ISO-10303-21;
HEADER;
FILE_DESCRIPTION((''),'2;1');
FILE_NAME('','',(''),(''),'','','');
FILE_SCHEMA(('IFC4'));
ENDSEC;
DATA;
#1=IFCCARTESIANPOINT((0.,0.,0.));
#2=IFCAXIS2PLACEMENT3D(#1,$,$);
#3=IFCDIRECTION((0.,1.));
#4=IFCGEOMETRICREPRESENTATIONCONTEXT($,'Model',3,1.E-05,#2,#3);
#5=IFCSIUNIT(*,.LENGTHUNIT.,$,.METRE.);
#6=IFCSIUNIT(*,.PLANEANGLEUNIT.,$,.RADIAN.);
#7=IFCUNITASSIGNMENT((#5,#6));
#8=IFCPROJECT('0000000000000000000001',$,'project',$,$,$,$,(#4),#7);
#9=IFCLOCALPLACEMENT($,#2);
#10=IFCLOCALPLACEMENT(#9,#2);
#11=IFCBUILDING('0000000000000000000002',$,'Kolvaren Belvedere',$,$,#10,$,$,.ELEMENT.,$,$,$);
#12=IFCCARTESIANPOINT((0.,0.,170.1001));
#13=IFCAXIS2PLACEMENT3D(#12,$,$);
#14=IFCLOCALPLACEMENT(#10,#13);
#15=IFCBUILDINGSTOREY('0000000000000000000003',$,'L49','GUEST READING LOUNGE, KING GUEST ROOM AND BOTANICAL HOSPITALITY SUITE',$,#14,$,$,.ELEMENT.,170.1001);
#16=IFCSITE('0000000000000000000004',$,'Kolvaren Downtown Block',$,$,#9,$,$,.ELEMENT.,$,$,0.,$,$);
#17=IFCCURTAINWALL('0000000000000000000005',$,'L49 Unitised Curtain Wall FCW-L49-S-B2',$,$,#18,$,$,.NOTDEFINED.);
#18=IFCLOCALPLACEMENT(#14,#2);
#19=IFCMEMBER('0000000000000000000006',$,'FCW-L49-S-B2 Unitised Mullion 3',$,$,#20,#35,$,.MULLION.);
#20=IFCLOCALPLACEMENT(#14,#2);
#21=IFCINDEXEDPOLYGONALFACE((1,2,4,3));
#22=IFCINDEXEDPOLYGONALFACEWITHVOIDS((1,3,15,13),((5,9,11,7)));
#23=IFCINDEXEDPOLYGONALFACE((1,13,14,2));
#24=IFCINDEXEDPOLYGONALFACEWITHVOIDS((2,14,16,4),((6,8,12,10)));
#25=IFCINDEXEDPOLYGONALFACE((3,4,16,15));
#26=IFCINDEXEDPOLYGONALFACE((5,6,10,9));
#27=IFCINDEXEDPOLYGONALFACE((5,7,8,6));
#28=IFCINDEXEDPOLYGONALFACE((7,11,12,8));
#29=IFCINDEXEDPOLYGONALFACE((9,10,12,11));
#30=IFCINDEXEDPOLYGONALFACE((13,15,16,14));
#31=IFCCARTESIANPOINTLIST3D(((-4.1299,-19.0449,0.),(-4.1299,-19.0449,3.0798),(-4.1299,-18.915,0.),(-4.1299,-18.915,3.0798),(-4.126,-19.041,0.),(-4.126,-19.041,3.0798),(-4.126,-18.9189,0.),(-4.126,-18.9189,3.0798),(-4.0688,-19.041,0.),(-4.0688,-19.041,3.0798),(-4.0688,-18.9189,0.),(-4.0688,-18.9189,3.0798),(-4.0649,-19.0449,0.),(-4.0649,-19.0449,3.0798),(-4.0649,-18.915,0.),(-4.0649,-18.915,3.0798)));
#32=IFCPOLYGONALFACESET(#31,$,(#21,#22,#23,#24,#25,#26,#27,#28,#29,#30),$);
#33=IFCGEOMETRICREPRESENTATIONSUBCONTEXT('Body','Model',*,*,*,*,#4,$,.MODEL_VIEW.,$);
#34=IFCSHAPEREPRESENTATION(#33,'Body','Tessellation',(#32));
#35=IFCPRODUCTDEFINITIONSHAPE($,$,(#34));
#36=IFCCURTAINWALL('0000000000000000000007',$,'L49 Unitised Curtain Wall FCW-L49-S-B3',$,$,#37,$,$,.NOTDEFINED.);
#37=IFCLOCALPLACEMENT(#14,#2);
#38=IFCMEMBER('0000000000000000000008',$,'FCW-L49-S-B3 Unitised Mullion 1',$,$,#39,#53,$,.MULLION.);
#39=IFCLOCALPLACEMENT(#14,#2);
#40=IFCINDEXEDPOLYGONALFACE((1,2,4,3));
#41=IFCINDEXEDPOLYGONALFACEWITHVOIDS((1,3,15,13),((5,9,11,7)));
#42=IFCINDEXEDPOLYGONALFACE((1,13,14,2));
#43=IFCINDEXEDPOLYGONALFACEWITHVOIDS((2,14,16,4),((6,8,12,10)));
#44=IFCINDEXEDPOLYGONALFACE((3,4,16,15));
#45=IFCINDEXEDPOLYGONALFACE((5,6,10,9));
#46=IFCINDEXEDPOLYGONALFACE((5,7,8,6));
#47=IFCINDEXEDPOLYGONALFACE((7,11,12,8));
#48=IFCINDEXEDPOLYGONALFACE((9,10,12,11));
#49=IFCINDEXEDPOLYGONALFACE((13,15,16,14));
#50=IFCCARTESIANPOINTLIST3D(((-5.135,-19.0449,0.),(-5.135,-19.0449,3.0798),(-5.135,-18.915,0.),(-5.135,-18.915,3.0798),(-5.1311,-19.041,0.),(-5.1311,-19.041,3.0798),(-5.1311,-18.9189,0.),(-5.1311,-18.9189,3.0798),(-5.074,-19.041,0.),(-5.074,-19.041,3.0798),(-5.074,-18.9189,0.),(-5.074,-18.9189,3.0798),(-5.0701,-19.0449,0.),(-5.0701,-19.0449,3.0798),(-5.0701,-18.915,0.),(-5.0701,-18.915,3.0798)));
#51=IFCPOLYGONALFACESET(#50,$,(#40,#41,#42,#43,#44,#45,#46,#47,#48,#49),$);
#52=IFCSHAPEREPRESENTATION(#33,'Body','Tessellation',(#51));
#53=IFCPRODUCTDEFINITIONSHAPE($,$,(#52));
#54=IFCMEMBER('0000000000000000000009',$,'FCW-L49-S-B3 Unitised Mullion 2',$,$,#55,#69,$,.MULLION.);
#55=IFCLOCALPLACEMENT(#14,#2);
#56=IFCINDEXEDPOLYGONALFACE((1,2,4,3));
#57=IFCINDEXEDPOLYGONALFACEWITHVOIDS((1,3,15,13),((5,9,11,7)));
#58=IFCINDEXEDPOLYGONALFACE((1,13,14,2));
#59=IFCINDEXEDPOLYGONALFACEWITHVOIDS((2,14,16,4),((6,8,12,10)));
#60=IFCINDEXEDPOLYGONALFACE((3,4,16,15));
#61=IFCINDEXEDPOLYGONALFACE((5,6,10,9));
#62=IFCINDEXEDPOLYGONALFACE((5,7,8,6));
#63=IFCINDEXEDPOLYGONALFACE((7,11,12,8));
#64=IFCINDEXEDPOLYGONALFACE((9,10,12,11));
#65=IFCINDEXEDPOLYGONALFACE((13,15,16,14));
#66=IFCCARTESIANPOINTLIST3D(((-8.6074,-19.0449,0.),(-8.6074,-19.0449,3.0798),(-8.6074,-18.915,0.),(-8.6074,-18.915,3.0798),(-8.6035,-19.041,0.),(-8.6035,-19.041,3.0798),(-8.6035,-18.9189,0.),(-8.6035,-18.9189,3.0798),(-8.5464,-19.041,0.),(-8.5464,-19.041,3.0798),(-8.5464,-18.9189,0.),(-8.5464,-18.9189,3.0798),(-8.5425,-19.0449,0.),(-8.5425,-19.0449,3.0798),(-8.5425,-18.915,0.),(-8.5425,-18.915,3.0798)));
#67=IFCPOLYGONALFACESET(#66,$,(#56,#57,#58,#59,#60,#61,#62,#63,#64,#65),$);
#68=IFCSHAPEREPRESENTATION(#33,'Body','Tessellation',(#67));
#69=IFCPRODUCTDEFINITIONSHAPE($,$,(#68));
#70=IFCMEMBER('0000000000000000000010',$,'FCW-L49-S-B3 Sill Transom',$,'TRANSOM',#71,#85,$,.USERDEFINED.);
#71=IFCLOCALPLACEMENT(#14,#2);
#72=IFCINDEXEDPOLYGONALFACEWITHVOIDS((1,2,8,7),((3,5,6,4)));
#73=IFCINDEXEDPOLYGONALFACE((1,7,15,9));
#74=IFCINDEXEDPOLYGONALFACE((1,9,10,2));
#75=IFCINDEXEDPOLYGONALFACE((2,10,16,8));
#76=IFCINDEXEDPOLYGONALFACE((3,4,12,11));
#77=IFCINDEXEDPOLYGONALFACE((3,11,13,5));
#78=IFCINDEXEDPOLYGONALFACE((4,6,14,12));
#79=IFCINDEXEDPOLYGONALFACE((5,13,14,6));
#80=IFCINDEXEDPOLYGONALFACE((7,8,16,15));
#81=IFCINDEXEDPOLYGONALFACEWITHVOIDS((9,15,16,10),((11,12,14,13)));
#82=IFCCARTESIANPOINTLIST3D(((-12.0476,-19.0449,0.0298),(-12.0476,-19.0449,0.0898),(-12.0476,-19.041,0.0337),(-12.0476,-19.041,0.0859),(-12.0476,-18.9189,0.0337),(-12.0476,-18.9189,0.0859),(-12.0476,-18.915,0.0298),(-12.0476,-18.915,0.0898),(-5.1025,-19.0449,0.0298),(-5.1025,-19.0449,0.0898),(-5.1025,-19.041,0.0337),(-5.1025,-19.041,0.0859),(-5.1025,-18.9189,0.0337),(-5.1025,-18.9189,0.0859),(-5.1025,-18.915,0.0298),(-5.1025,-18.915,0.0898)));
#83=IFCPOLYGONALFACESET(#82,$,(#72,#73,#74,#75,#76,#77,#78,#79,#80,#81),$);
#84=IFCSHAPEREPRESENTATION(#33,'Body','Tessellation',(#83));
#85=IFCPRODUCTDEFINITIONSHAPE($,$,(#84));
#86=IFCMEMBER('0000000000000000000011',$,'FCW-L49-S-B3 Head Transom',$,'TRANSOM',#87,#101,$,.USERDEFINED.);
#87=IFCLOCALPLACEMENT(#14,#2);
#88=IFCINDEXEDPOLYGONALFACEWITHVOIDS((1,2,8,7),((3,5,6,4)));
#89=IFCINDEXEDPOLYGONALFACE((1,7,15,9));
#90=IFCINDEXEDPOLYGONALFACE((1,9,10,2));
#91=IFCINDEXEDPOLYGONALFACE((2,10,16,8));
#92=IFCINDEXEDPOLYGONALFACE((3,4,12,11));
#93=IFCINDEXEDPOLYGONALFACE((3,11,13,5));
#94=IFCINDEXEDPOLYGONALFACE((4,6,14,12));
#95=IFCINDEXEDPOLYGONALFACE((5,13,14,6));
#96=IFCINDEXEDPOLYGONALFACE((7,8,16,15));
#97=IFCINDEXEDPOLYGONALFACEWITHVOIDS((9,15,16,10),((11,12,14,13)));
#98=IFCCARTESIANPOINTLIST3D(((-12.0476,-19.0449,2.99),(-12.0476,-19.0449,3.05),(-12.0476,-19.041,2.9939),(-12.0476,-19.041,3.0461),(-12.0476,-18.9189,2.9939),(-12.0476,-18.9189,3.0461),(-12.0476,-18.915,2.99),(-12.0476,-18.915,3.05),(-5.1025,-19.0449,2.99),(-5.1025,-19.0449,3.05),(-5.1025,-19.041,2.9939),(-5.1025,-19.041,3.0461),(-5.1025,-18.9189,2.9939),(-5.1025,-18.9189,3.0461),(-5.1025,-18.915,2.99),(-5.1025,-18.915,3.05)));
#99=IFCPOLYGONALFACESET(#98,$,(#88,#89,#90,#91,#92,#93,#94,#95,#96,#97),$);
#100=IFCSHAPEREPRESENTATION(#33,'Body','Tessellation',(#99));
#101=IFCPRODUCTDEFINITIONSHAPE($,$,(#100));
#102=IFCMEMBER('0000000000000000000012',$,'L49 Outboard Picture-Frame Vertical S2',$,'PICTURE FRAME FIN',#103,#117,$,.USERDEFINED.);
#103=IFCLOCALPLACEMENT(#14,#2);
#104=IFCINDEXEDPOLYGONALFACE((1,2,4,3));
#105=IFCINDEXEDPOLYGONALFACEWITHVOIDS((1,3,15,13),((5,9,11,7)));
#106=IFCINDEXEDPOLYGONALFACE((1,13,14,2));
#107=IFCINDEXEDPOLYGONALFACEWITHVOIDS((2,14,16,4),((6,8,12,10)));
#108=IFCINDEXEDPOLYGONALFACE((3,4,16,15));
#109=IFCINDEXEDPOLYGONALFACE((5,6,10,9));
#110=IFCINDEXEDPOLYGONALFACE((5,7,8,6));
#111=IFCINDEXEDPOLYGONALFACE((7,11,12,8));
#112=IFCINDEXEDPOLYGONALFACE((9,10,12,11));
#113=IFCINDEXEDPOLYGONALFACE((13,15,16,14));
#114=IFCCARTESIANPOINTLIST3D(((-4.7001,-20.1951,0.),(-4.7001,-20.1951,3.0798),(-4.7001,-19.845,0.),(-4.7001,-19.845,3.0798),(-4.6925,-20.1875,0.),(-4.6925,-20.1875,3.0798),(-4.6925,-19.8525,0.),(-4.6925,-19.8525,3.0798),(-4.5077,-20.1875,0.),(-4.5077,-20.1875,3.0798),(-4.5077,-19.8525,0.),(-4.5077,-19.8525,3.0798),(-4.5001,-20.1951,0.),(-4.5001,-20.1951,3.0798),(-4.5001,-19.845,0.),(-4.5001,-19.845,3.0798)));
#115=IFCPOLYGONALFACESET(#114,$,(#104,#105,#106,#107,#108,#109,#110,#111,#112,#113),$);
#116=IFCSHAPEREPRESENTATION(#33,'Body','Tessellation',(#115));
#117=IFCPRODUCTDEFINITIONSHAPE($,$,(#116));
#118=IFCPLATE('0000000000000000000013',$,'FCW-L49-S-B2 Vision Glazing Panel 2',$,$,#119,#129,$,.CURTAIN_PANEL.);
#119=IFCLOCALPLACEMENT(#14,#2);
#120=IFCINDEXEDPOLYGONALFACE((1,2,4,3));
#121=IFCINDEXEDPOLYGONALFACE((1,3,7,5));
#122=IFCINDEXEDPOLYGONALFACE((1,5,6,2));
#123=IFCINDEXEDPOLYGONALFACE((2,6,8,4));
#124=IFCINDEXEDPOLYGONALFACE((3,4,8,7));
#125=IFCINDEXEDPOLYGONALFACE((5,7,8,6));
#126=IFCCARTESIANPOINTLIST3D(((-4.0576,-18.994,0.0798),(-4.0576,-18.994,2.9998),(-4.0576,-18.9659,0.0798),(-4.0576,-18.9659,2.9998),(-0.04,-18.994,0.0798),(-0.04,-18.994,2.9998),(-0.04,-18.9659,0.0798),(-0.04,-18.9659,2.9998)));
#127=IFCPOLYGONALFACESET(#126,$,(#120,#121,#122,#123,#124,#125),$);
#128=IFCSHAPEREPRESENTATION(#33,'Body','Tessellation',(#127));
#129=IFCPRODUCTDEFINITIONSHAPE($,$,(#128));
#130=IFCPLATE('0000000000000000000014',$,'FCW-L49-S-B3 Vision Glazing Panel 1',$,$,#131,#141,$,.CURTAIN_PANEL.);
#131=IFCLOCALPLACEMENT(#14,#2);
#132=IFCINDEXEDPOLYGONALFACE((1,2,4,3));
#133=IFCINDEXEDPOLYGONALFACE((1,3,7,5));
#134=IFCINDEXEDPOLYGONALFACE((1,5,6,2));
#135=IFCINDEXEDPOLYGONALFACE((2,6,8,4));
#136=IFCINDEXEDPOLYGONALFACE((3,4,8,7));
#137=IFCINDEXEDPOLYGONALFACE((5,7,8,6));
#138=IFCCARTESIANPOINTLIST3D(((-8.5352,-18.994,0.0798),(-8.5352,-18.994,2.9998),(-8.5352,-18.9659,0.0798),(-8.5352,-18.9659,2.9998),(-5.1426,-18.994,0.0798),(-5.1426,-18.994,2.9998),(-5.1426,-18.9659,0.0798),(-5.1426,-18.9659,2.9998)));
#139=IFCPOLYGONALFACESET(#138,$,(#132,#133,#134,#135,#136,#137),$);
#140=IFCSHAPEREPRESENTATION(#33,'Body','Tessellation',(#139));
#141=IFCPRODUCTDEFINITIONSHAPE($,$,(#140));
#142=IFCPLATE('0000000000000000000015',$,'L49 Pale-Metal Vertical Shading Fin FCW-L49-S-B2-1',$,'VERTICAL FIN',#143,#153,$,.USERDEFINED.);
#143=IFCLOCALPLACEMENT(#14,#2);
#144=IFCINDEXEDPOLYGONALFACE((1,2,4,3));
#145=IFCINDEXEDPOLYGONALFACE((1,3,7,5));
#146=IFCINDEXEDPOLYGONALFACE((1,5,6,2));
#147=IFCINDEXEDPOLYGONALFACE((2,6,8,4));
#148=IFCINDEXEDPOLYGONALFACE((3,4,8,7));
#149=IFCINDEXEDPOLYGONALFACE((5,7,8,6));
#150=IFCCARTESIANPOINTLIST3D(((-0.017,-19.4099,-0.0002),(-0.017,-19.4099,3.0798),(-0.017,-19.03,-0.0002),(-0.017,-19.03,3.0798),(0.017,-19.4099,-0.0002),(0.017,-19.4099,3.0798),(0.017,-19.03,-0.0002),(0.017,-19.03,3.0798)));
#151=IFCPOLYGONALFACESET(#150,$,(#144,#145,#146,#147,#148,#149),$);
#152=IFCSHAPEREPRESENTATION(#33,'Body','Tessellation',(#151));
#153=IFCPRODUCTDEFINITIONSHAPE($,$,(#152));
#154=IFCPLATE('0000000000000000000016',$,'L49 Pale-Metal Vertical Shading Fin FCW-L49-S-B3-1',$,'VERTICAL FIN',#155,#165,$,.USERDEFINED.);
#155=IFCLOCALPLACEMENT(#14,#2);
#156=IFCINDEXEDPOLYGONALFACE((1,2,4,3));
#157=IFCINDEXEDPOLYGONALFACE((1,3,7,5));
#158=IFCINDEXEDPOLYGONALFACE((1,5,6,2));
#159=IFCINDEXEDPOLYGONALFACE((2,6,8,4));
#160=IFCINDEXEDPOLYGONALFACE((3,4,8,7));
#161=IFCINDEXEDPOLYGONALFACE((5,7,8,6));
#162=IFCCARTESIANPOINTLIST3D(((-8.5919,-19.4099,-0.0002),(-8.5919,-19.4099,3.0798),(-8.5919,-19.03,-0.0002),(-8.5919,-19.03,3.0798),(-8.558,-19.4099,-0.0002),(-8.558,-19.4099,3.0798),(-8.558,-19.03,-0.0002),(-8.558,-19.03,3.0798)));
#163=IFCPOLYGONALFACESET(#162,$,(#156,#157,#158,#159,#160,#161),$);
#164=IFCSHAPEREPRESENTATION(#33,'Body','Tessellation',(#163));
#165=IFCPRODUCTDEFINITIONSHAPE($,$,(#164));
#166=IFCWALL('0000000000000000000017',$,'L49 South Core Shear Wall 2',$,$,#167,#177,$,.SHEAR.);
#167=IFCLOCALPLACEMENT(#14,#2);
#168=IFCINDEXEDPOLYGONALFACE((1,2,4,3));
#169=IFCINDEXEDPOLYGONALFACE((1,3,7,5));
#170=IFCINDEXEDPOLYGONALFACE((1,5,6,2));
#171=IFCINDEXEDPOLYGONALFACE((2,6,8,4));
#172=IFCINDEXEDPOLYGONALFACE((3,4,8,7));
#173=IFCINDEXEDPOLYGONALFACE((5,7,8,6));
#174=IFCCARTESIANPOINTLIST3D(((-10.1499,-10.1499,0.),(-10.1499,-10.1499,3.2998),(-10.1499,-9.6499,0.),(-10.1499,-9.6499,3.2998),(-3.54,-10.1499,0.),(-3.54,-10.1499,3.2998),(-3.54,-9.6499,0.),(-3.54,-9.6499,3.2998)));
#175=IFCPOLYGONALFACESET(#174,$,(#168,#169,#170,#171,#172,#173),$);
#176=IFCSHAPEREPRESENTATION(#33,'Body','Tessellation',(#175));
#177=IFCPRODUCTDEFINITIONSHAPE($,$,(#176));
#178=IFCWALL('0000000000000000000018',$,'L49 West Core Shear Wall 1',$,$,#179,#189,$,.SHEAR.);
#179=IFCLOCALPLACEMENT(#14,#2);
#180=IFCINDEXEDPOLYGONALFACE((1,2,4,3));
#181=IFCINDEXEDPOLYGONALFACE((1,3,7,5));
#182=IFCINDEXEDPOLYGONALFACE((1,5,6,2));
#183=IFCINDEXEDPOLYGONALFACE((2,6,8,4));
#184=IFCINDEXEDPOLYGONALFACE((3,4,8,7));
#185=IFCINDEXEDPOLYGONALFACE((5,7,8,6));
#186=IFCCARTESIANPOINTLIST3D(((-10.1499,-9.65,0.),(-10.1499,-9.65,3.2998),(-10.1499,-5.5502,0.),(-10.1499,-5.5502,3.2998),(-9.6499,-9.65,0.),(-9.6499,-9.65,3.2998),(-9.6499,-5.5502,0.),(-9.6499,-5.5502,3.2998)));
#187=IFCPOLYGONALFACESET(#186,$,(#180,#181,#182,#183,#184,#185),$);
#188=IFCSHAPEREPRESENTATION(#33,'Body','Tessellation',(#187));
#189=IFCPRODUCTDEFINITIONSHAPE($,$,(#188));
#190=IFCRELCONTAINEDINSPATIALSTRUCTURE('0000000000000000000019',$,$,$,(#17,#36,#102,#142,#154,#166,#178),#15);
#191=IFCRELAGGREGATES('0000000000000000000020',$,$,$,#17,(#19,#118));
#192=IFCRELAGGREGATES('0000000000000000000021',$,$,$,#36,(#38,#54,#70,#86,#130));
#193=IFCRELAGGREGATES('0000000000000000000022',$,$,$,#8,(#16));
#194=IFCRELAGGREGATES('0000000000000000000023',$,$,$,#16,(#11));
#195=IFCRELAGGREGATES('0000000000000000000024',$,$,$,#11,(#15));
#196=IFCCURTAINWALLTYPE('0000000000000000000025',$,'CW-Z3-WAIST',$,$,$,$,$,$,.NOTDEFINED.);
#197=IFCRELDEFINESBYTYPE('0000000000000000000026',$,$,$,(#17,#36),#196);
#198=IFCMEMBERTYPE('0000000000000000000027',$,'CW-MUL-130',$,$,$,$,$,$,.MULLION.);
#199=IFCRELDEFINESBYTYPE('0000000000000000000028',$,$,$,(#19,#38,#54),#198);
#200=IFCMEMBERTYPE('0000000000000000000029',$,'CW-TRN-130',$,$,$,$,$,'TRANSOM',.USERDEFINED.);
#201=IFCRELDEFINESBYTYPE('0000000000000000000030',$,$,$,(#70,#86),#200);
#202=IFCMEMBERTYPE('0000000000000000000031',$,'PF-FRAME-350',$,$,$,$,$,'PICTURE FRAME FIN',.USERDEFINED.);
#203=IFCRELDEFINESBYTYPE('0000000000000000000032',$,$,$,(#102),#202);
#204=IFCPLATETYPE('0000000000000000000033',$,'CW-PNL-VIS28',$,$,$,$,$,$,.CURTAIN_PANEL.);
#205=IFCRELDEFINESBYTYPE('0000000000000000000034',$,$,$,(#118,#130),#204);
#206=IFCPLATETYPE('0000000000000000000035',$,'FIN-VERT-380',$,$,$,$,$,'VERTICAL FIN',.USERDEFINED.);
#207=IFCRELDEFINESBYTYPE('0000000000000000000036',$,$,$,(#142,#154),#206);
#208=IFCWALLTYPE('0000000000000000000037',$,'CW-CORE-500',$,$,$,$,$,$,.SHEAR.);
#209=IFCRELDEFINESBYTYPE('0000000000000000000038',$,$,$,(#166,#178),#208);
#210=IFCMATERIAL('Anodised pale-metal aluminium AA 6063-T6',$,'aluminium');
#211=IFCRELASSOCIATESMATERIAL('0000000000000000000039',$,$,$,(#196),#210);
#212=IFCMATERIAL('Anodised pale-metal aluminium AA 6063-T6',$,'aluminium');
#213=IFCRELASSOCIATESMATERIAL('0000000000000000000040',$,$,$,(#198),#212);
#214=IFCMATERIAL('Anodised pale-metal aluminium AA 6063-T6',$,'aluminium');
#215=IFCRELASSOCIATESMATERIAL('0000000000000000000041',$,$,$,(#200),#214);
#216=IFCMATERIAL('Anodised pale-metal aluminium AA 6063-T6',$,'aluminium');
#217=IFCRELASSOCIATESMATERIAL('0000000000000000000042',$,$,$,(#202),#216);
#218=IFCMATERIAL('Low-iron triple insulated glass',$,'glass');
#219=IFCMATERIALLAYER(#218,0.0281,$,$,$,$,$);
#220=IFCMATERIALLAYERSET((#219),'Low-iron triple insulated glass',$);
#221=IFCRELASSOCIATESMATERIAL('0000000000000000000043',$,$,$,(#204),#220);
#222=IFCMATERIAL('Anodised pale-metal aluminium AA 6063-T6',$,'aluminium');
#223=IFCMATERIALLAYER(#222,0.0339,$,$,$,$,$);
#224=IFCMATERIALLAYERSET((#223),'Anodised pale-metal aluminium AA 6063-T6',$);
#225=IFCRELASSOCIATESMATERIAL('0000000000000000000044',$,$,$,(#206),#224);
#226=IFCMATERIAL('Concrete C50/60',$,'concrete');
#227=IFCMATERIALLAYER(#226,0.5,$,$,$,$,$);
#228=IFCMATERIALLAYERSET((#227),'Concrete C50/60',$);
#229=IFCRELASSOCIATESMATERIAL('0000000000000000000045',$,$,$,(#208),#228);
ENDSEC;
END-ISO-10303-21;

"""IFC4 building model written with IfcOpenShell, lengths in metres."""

from ifc_helpers import new_model, si_unit, direction, frame, frame_2d, origin, origin_2d, place, context, subcontext, project, spatial, rectangle, hollow_rectangle, extrude, material, layer, layer_set, material_profile, profile_set, type_object, element, aggregate, save


model = new_model("IFC4")

# Units and contexts
model_context = context("Model", 3, precision=1e-05, world=origin(), true_north=direction((0.0, 1.0)))
body_context = subcontext(model_context, "Body", "Model", "MODEL_VIEW")
ifc_project = project(units=[si_unit("LENGTHUNIT", "METRE"), si_unit("PLANEANGLEUNIT", "RADIAN")], contexts=[model_context])

# Site, building, storey
site_placement = place(None, origin())
site = spatial("IfcSite", under=ifc_project, at=site_placement, Name="Kolvaren Downtown Block", CompositionType="ELEMENT", RefElevation=0.0)
building_placement = place(site_placement, origin())
building = spatial("IfcBuilding", under=site, at=building_placement, Name="Kolvaren Belvedere", CompositionType="ELEMENT")
storey_placement = place(building_placement, frame((0.0, 0.0, 170.1001)))
storey = spatial("IfcBuildingStorey", under=building, at=storey_placement, Name="L49", Description="GUEST READING LOUNGE, KING GUEST ROOM AND BOTANICAL HOSPITALITY SUITE", CompositionType="ELEMENT", Elevation=170.1001)

# Curtain walls, members
ifc_material_1 = material(Name="Anodised pale-metal aluminium AA 6063-T6", Category="aluminium")
curtain_wall_type = type_object("IfcCurtainWallType", Name="CW-Z3-WAIST", PredefinedType="NOTDEFINED", material=ifc_material_1)
curtain_wall_1_placement = place(storey_placement, origin())
curtain_wall_1 = element("IfcCurtainWall", 1, at=curtain_wall_1_placement, inside=storey, type_object=curtain_wall_type, Name="L49 Unitised Curtain Wall FCW-L49-S-B2", PredefinedType="NOTDEFINED")
ifc_material_2 = material(Name="Anodised pale-metal aluminium AA 6063-T6", Category="aluminium")
ifc_material_profile_1 = material_profile(ifc_material_2, hollow_rectangle(XDim=0.0649, YDim=0.1299, WallThickness=0.0039, at=origin_2d()), Name="ALU-MUL-130X65")
ifc_profile_set_1 = profile_set([ifc_material_profile_1], Name="Anodised pale-metal aluminium AA 6063-T6")
member_type_1 = type_object("IfcMemberType", Name="CW-MUL-130", PredefinedType="MULLION", material=ifc_profile_set_1)
member_1_placement = place(storey_placement, frame((-4.0974, -18.98, 0.0), z_axis=(0.0, 0.0, 1.0), x_axis=(1.0, 0.0, 0.0)))
member_1 = element("IfcMember", 2, at=member_1_placement, type_object=member_type_1, Name="FCW-L49-S-B2 Unitised Mullion 3", PredefinedType="MULLION", context=body_context, shape_type="SweptSolid", body=[
    extrude(hollow_rectangle(XDim=0.0649, YDim=0.1299, WallThickness=0.0039, at=origin_2d()), origin(), (0.0, 0.0, 1.0), 3.0798),
])
curtain_wall_2_placement = place(storey_placement, origin())
curtain_wall_2 = element("IfcCurtainWall", 3, at=curtain_wall_2_placement, inside=storey, type_object=curtain_wall_type, Name="L49 Unitised Curtain Wall FCW-L49-S-B3", PredefinedType="NOTDEFINED")
member_2_placement = place(storey_placement, frame((-5.1025, -18.98, 0.0), z_axis=(0.0, 0.0, 1.0), x_axis=(1.0, 0.0, 0.0)))
member_2 = element("IfcMember", 4, at=member_2_placement, type_object=member_type_1, Name="FCW-L49-S-B3 Unitised Mullion 1", PredefinedType="MULLION", context=body_context, shape_type="SweptSolid", body=[
    extrude(hollow_rectangle(XDim=0.0649, YDim=0.1299, WallThickness=0.0039, at=origin_2d()), origin(), (0.0, 0.0, 1.0), 3.0798),
])
member_3_placement = place(storey_placement, frame((-8.575, -18.98, 0.0), z_axis=(0.0, 0.0, 1.0), x_axis=(1.0, 0.0, 0.0)))
member_3 = element("IfcMember", 5, at=member_3_placement, type_object=member_type_1, Name="FCW-L49-S-B3 Unitised Mullion 2", PredefinedType="MULLION", context=body_context, shape_type="SweptSolid", body=[
    extrude(hollow_rectangle(XDim=0.0649, YDim=0.1299, WallThickness=0.0039, at=origin_2d()), origin(), (0.0, 0.0, 1.0), 3.0798),
])
ifc_material_3 = material(Name="Anodised pale-metal aluminium AA 6063-T6", Category="aluminium")
ifc_material_profile_2 = material_profile(ifc_material_3, hollow_rectangle(XDim=0.0601, YDim=0.1299, WallThickness=0.0039, at=origin_2d()), Name="ALU-TRN-130X60")
ifc_profile_set_2 = profile_set([ifc_material_profile_2], Name="Anodised pale-metal aluminium AA 6063-T6")
member_type_2 = type_object("IfcMemberType", Name="CW-TRN-130", ElementType="TRANSOM", PredefinedType="USERDEFINED", material=ifc_profile_set_2)
member_4_placement = place(storey_placement, frame((-5.1025, -18.98, 0.0598), z_axis=(-1.0, 0.0, 0.0), x_axis=(0.0, 0.0, 1.0)))
member_4 = element("IfcMember", 6, at=member_4_placement, type_object=member_type_2, Name="FCW-L49-S-B3 Sill Transom", ObjectType="TRANSOM", PredefinedType="USERDEFINED", context=body_context, shape_type="SweptSolid", body=[
    extrude(hollow_rectangle(XDim=0.0601, YDim=0.1299, WallThickness=0.0039, at=origin_2d()), origin(), (0.0, 0.0, 1.0), 6.9451),
])
member_5_placement = place(storey_placement, frame((-5.1025, -18.98, 3.02), z_axis=(-1.0, 0.0, 0.0), x_axis=(0.0, 0.0, 1.0)))
member_5 = element("IfcMember", 7, at=member_5_placement, type_object=member_type_2, Name="FCW-L49-S-B3 Head Transom", ObjectType="TRANSOM", PredefinedType="USERDEFINED", context=body_context, shape_type="SweptSolid", body=[
    extrude(hollow_rectangle(XDim=0.0601, YDim=0.1299, WallThickness=0.0039, at=origin_2d()), origin(), (0.0, 0.0, 1.0), 6.9451),
])

# Member
ifc_material_4 = material(Name="Anodised pale-metal aluminium AA 6063-T6", Category="aluminium")
ifc_material_profile_3 = material_profile(ifc_material_4, hollow_rectangle(XDim=0.2, YDim=0.3501, WallThickness=0.0076, at=origin_2d()), Name="ALU-PF-350X200")
ifc_profile_set_3 = profile_set([ifc_material_profile_3], Name="Anodised pale-metal aluminium AA 6063-T6")
member_type_3 = type_object("IfcMemberType", Name="PF-FRAME-350", ElementType="PICTURE FRAME FIN", PredefinedType="USERDEFINED", material=ifc_profile_set_3)
member_6_placement = place(storey_placement, frame((-4.6001, -20.02, 0.0), z_axis=(0.0, 0.0, 1.0), x_axis=(1.0, 0.0, 0.0)))
element("IfcMember", 8, at=member_6_placement, inside=storey, type_object=member_type_3, Name="L49 Outboard Picture-Frame Vertical S2", ObjectType="PICTURE FRAME FIN", PredefinedType="USERDEFINED", context=body_context, shape_type="SweptSolid", body=[
    extrude(hollow_rectangle(XDim=0.2, YDim=0.3501, WallThickness=0.0076, at=origin_2d()), origin(), (0.0, 0.0, 1.0), 3.0798),
])

# Plates
ifc_material_5 = material(Name="Low-iron triple insulated glass", Category="glass")
ifc_layer_1 = layer(ifc_material_5, 0.0281)
ifc_layer_set_1 = layer_set([ifc_layer_1], Name="Low-iron triple insulated glass")
plate_type_1 = type_object("IfcPlateType", Name="CW-PNL-VIS28", PredefinedType="CURTAIN_PANEL", material=ifc_layer_set_1)
plate_1_placement = place(storey_placement, frame((-2.0488, -18.98, 0.0798), z_axis=(0.0, 0.0, 1.0), x_axis=(-1.0, 0.0, 0.0)))
plate_1 = element("IfcPlate", 9, at=plate_1_placement, type_object=plate_type_1, Name="FCW-L49-S-B2 Vision Glazing Panel 2", PredefinedType="CURTAIN_PANEL", context=body_context, shape_type="SweptSolid", body=[
    extrude(rectangle(XDim=4.0176, YDim=0.0281, at=origin_2d()), origin(), (0.0, 0.0, 1.0), 2.9199),
])
aggregate(curtain_wall_1, [member_1, plate_1])
plate_2_placement = place(storey_placement, frame((-6.8389, -18.98, 0.0798), z_axis=(0.0, 0.0, 1.0), x_axis=(-1.0, 0.0, 0.0)))
plate_2 = element("IfcPlate", 10, at=plate_2_placement, type_object=plate_type_1, Name="FCW-L49-S-B3 Vision Glazing Panel 1", PredefinedType="CURTAIN_PANEL", context=body_context, shape_type="SweptSolid", body=[
    extrude(rectangle(XDim=3.3926, YDim=0.0281, at=origin_2d()), origin(), (0.0, 0.0, 1.0), 2.9199),
])
aggregate(curtain_wall_2, [member_2, member_3, member_4, member_5, plate_2])

# Plates
ifc_material_6 = material(Name="Anodised pale-metal aluminium AA 6063-T6", Category="aluminium")
ifc_layer_2 = layer(ifc_material_6, 0.0339)
ifc_layer_set_2 = layer_set([ifc_layer_2], Name="Anodised pale-metal aluminium AA 6063-T6")
plate_type_2 = type_object("IfcPlateType", Name="FIN-VERT-380", ElementType="VERTICAL FIN", PredefinedType="USERDEFINED", material=ifc_layer_set_2)
for number, where, z_axis, x_axis, name in (
    (11, (0.0, -19.22, -0.0002), (0.0, 0.0, 1.0), (0.0, 1.0, 0.0), "L49 Pale-Metal Vertical Shading Fin FCW-L49-S-B2-1"),
    (12, (-8.575, -19.22, -0.0002), (0.0, 0.0, 1.0), (0.0, 1.0, 0.0), "L49 Pale-Metal Vertical Shading Fin FCW-L49-S-B3-1"),
):
    element("IfcPlate", number, at=place(storey_placement, frame(where, z_axis=z_axis, x_axis=x_axis)), inside=storey, type_object=plate_type_2, Name=name, ObjectType="VERTICAL FIN", PredefinedType="USERDEFINED", context=body_context, shape_type="SweptSolid", body=[
        extrude(rectangle(XDim=0.3799, YDim=0.0339, at=origin_2d()), origin(), (0.0, 0.0, 1.0), 3.0801),
    ])

# Walls
ifc_material_7 = material(Name="Concrete C50/60", Category="concrete")
ifc_layer_3 = layer(ifc_material_7, 0.5)
ifc_layer_set_3 = layer_set([ifc_layer_3], Name="Concrete C50/60")
wall_type_1 = type_object("IfcWallType", Name="CW-CORE-500", PredefinedType="SHEAR", material=ifc_layer_set_3)
wall_1_placement = place(storey_placement, frame((-3.54, -9.8999, 0.0), z_axis=(0.0, 0.0, 1.0), x_axis=(-1.0, 0.0, 0.0)))
element("IfcWall", 13, at=wall_1_placement, inside=storey, type_object=wall_type_1, Name="L49 South Core Shear Wall 2", PredefinedType="SHEAR", context=body_context, shape_type="SweptSolid", body=[
    extrude(rectangle(XDim=6.6099, YDim=0.5, at=frame_2d((3.3049, 0.0))), origin(), (0.0, 0.0, 1.0), 3.2998),
])
wall_2_placement = place(storey_placement, frame((-9.8999, -9.6499, 0.0), z_axis=(0.0, 0.0, 1.0), x_axis=(0.0, 1.0, 0.0)))
element("IfcWall", 14, at=wall_2_placement, inside=storey, type_object=wall_type_1, Name="L49 West Core Shear Wall 1", PredefinedType="SHEAR", context=body_context, shape_type="SweptSolid", body=[
    extrude(rectangle(XDim=4.0999, YDim=0.5, at=frame_2d((2.0498, 0.0))), origin(), (0.0, 0.0, 1.0), 3.2998),
])

save(model, "model.ifc")
